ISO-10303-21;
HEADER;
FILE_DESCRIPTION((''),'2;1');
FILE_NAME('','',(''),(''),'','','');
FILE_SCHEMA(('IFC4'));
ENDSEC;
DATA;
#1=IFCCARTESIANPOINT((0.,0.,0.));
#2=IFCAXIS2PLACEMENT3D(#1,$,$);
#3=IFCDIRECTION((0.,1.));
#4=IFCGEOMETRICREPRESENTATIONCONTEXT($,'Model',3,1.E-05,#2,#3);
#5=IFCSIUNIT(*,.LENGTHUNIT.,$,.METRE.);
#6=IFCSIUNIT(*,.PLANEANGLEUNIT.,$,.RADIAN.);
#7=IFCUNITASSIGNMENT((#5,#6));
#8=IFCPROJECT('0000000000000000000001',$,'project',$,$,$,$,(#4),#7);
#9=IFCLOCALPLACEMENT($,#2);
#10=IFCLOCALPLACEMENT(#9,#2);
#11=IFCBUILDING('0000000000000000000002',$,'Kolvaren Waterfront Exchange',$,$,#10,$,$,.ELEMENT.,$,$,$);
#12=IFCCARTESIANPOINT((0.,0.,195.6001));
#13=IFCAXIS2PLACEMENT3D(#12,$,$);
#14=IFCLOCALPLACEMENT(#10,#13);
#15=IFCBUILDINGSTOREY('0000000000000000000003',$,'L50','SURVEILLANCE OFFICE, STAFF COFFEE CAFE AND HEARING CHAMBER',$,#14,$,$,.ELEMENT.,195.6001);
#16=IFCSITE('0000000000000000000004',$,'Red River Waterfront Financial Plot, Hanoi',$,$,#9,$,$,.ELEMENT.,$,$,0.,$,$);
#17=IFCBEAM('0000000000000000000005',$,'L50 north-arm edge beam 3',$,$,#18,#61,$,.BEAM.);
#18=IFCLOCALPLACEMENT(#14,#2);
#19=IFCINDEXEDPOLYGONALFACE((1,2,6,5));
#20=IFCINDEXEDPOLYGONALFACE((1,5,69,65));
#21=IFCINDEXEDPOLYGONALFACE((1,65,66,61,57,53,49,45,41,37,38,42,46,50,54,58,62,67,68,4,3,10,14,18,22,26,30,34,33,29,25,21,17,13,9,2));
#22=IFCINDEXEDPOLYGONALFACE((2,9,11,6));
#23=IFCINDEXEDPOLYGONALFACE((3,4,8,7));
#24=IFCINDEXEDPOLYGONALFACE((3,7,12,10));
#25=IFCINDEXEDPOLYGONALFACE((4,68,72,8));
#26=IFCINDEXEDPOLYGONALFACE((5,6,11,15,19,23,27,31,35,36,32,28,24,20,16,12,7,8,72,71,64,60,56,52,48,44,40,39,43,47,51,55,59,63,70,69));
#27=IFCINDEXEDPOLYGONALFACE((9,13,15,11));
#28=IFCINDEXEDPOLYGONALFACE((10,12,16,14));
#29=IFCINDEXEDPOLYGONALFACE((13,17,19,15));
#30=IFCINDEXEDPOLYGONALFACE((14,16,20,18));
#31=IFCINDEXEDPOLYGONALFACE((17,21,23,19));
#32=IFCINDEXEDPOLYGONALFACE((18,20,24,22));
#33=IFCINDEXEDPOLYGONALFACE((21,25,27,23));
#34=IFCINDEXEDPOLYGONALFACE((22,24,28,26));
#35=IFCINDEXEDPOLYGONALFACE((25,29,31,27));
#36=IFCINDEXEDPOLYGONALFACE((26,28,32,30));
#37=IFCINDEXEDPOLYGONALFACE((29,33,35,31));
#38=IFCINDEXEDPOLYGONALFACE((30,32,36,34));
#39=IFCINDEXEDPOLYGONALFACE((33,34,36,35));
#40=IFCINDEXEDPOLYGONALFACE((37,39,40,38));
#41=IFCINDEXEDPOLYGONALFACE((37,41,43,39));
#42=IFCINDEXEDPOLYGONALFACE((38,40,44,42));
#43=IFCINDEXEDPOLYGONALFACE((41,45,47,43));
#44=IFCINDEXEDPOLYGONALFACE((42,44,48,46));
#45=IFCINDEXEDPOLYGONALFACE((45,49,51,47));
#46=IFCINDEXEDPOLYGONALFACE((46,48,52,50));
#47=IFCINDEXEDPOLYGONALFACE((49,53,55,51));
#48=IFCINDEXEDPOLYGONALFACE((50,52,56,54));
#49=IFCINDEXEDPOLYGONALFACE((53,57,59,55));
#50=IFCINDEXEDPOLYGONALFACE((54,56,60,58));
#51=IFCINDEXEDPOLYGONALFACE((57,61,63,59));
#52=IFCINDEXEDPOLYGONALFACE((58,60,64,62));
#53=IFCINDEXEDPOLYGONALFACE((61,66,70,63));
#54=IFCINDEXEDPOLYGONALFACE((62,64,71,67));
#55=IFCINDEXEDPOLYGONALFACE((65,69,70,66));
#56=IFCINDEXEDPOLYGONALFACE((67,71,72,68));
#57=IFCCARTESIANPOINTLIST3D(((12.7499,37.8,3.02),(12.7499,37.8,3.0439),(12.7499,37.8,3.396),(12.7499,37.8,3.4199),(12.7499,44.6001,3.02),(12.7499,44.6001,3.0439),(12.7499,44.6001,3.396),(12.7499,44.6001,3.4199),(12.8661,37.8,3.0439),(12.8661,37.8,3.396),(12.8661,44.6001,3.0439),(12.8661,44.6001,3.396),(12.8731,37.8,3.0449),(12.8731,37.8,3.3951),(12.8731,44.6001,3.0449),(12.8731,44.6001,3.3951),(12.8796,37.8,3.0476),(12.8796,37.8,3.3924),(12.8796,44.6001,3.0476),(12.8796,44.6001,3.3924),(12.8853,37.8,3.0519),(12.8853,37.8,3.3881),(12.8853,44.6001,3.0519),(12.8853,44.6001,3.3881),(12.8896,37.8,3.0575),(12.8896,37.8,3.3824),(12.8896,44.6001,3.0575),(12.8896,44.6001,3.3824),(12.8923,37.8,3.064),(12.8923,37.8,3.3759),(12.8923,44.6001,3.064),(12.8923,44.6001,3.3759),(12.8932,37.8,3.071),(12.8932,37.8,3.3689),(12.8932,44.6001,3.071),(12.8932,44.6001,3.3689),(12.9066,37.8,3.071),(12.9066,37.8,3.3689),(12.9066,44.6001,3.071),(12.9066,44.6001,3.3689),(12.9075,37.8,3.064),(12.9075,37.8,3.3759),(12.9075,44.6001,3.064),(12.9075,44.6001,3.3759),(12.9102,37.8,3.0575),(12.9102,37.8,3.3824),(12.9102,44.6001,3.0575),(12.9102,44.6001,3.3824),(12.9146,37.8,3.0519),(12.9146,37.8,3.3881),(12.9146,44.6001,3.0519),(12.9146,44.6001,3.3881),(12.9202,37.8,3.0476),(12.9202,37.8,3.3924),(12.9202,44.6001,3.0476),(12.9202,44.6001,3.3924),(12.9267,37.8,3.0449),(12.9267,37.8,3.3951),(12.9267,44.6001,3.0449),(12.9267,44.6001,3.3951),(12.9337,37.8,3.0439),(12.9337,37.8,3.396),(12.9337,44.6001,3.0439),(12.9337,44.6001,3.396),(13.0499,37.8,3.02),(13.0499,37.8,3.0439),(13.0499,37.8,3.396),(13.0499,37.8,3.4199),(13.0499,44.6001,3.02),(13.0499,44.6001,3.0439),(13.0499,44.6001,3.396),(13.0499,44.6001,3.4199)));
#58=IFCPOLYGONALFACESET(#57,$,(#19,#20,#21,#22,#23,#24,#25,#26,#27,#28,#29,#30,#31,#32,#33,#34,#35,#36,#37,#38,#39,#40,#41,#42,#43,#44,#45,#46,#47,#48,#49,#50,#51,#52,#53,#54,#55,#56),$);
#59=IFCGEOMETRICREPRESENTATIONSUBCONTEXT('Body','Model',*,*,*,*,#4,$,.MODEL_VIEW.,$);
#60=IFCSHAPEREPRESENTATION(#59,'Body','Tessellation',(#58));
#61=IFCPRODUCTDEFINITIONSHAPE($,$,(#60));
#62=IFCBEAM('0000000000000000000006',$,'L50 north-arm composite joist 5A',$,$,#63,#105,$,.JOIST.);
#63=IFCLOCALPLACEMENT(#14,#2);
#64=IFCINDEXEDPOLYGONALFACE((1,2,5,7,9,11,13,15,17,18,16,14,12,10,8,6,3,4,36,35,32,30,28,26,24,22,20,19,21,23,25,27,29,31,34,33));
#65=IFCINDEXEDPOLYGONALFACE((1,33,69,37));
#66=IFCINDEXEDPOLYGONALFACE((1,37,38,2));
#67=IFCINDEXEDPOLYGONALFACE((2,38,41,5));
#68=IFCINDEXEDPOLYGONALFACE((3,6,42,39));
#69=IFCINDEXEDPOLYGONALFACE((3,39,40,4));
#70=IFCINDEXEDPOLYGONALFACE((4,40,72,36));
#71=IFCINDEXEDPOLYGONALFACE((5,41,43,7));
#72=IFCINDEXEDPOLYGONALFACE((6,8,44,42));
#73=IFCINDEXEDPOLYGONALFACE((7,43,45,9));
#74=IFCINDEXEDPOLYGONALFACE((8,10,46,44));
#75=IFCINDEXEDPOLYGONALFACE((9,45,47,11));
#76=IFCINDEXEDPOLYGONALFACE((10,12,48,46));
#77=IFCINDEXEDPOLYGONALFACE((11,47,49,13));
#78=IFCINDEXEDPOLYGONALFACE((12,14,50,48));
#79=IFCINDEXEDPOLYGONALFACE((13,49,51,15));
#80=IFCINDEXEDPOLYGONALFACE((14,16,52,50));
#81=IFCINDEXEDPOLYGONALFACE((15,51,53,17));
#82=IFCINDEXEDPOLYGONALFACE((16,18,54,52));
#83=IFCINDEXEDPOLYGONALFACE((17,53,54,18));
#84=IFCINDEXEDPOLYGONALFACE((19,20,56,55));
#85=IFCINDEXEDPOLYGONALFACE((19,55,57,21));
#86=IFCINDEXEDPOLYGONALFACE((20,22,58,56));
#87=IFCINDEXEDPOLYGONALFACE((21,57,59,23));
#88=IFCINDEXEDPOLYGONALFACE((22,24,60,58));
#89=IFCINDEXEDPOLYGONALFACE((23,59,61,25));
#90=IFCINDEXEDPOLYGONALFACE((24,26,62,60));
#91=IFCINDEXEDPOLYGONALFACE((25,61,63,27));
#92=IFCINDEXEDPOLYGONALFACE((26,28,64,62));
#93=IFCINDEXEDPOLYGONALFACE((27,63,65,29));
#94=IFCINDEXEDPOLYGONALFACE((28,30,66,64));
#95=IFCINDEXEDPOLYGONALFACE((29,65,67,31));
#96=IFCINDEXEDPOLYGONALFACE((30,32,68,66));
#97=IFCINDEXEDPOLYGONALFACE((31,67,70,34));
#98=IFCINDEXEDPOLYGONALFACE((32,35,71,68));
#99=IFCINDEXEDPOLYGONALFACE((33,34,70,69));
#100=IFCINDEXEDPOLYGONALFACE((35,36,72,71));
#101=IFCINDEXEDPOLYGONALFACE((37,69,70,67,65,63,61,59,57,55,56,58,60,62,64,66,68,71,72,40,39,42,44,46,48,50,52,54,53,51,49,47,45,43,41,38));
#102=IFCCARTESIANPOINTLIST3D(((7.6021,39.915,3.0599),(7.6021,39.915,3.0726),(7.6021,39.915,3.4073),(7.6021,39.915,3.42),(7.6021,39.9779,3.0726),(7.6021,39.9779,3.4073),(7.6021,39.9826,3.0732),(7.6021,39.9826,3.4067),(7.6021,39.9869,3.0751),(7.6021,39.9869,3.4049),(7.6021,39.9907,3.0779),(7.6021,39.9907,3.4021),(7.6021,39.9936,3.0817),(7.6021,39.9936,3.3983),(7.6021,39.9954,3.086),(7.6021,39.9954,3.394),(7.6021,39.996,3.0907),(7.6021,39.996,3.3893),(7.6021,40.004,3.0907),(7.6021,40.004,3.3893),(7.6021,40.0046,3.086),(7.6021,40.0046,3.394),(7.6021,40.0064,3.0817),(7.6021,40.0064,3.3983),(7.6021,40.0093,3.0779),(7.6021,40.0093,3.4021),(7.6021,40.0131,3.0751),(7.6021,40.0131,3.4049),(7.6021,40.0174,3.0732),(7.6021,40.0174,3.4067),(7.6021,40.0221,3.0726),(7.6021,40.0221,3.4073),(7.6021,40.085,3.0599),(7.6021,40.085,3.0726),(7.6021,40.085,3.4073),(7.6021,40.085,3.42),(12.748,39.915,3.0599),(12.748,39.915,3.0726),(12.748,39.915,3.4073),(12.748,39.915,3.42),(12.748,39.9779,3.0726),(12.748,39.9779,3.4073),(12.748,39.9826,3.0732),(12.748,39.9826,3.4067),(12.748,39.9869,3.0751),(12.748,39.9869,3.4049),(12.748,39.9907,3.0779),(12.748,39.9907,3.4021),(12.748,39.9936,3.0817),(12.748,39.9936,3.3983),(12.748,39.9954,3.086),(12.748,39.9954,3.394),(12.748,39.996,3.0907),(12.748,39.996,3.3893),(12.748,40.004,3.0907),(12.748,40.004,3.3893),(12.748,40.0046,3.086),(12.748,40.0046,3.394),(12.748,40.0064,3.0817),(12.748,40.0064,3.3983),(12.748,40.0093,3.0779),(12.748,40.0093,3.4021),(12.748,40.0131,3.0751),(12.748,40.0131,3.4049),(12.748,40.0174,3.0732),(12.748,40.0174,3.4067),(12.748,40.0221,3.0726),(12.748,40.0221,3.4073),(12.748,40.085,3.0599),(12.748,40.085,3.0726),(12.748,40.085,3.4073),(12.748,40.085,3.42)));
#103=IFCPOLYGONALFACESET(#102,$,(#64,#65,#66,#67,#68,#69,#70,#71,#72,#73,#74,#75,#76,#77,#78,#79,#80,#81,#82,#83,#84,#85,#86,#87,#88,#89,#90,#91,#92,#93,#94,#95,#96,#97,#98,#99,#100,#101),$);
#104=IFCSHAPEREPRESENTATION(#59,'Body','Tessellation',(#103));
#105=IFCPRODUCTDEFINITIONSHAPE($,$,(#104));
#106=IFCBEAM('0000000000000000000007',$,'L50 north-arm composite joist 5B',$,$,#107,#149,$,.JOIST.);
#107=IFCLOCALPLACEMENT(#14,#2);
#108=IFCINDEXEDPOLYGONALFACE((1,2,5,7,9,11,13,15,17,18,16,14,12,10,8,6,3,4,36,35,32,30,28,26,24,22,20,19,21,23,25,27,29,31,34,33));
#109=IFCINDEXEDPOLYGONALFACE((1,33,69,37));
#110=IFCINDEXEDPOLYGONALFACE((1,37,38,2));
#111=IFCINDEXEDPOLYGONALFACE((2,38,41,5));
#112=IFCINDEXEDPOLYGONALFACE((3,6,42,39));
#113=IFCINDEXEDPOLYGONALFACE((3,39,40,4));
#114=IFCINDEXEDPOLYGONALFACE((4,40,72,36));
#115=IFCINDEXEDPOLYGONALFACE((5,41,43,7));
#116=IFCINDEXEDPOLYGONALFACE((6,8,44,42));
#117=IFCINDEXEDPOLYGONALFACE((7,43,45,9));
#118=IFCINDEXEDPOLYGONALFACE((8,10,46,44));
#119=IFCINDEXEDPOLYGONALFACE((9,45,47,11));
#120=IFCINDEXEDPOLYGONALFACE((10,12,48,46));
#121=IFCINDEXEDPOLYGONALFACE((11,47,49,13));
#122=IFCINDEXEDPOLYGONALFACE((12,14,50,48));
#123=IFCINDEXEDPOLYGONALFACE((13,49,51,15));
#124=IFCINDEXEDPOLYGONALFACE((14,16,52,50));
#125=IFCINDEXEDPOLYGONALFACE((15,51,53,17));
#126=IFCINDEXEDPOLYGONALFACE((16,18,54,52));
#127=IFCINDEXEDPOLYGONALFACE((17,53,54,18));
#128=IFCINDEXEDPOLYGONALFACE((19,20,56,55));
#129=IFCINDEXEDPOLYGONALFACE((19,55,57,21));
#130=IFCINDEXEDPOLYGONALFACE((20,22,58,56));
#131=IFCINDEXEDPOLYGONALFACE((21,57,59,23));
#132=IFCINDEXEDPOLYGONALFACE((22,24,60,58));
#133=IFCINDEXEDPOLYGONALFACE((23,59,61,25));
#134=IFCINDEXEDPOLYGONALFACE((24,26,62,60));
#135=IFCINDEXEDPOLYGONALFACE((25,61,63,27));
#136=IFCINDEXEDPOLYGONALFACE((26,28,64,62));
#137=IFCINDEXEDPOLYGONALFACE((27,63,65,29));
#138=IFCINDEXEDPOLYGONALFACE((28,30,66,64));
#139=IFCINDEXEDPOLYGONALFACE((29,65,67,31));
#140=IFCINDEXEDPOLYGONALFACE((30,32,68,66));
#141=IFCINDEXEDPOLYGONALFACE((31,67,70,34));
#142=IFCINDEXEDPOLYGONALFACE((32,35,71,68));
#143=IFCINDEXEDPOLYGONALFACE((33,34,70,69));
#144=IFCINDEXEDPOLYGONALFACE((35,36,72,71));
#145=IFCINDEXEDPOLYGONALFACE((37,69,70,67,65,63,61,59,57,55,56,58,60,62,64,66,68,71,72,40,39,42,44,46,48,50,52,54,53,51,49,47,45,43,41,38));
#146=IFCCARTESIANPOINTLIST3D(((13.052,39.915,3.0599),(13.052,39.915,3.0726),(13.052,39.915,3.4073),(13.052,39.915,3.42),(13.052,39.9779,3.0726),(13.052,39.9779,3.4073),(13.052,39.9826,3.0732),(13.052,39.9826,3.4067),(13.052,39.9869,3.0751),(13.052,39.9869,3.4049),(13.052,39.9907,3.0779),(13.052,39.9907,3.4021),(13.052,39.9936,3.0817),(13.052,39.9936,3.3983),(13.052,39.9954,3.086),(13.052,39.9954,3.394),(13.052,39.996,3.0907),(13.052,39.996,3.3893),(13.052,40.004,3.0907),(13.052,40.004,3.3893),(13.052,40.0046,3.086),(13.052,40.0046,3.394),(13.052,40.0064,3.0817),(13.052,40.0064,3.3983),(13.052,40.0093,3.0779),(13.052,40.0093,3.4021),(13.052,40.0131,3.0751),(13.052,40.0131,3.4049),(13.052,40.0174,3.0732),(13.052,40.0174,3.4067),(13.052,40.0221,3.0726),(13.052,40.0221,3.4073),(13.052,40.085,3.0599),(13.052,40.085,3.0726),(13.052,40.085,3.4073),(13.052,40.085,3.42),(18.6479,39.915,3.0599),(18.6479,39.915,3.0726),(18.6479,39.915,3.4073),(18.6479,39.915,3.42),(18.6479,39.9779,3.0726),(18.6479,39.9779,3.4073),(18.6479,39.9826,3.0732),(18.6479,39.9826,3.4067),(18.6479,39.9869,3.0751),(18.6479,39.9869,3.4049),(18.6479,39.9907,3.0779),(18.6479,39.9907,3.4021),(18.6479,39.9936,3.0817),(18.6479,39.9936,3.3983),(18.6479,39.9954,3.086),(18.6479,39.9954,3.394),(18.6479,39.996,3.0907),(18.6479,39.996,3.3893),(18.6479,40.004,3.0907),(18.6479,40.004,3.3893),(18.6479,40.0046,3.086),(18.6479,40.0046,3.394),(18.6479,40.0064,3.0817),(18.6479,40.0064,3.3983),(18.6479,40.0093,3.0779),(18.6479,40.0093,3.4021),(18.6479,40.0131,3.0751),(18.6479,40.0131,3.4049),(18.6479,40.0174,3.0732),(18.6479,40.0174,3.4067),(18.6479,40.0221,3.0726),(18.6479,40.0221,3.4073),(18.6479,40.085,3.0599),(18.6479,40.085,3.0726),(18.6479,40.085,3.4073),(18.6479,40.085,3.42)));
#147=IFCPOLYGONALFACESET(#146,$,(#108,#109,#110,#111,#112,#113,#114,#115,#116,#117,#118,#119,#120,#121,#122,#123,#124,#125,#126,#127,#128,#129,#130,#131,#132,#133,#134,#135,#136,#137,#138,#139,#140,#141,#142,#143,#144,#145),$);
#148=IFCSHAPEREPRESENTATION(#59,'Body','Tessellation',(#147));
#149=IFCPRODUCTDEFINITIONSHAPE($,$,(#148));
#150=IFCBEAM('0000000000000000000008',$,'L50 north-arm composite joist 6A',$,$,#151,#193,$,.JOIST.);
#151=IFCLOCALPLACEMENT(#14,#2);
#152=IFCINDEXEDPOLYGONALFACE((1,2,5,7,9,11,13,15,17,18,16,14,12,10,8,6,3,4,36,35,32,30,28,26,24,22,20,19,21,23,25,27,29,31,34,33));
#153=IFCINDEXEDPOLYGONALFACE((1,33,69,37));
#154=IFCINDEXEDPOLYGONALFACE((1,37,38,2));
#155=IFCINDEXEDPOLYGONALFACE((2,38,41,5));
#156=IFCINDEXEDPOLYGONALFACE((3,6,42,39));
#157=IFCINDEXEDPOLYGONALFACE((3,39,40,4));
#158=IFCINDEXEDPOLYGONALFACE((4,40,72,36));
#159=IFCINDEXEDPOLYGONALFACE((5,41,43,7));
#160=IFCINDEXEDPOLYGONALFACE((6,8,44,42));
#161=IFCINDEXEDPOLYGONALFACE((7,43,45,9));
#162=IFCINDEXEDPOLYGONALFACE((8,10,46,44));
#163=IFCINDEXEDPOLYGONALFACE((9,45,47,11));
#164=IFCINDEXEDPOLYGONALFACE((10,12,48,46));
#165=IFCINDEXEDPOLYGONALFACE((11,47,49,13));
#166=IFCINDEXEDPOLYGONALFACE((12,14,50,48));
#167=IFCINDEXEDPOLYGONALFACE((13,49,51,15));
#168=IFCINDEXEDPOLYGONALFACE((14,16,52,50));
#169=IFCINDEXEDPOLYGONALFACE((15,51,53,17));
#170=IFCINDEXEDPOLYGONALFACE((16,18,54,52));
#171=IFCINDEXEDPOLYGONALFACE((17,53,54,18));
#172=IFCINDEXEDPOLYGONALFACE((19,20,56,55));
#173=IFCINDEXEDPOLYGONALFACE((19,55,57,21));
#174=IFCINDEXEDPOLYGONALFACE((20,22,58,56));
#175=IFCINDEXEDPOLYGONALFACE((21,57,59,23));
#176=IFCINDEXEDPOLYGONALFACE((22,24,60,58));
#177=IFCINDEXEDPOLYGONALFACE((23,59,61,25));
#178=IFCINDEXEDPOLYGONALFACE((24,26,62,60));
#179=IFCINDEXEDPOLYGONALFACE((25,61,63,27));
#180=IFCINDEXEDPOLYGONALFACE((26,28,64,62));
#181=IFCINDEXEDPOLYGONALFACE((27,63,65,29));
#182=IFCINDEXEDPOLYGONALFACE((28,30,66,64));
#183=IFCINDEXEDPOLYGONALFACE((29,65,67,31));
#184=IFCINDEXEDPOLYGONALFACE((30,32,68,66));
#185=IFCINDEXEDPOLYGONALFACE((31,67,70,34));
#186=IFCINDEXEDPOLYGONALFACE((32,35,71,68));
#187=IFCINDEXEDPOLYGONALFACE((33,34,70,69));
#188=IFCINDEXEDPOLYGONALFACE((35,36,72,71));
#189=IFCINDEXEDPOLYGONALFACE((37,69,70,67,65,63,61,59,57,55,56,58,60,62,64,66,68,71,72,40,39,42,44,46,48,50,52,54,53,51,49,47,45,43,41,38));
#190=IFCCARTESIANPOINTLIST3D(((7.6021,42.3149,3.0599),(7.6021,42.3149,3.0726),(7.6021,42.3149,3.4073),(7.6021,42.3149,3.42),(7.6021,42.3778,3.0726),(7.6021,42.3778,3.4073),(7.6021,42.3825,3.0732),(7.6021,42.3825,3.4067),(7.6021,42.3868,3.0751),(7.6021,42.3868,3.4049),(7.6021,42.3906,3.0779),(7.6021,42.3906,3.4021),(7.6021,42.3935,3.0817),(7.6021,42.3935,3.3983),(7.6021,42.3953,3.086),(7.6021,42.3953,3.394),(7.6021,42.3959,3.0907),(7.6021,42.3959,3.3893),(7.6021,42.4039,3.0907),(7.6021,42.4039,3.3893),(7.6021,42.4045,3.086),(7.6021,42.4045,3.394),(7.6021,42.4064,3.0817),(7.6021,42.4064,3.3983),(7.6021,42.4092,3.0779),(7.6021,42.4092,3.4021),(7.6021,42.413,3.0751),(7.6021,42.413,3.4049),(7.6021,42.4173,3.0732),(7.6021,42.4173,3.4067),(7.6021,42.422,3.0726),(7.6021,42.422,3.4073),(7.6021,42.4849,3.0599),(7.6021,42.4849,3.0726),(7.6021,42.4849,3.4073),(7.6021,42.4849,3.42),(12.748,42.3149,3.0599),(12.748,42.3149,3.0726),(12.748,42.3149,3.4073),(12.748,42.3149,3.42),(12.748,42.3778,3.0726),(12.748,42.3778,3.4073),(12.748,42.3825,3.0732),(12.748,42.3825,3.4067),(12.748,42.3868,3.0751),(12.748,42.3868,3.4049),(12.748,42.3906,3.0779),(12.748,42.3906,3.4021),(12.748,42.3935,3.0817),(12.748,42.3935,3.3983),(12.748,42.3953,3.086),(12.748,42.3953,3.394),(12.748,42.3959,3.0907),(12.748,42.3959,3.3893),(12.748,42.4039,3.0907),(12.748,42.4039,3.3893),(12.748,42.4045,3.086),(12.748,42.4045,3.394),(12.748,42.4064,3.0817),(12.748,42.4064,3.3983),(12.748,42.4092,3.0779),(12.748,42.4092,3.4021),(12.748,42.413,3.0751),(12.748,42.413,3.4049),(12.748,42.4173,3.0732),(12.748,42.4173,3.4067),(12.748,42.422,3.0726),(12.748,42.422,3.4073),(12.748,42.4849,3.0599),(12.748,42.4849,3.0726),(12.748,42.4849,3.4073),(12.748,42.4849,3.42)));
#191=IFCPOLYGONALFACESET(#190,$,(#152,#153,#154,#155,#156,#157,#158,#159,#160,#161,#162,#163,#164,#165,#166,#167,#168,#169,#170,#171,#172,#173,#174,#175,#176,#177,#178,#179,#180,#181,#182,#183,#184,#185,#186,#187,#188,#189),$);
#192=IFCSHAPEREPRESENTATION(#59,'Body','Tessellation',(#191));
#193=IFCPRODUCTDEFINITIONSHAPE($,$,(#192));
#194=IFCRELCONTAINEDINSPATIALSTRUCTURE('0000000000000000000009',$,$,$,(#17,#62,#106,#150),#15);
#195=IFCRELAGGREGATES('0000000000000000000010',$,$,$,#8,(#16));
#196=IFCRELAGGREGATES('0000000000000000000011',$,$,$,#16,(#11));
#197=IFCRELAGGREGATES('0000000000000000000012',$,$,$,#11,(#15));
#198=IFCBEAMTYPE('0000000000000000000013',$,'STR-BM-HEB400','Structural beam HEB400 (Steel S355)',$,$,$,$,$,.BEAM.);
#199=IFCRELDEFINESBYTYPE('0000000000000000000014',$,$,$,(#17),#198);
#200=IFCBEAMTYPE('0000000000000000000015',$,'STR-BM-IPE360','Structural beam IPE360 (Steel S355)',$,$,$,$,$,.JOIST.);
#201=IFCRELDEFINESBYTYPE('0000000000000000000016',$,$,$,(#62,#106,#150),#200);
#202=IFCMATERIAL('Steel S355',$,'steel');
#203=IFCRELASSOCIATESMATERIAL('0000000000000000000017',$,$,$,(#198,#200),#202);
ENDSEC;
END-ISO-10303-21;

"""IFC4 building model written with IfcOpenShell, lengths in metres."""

from ifc_helpers import new_model, si_unit, direction, frame, origin, origin_2d, place, context, subcontext, project, spatial, i_section, extrude, material, material_profile, profile_set, type_object, element, save


model = new_model("IFC4")

# Units and contexts
model_context = context("Model", 3, precision=1e-05, world=origin(), true_north=direction((0.0, 1.0)))
body_context = subcontext(model_context, "Body", "Model", "MODEL_VIEW")
ifc_project = project(units=[si_unit("LENGTHUNIT", "METRE"), si_unit("PLANEANGLEUNIT", "RADIAN")], contexts=[model_context])

# Site, building, storey
site_placement = place(None, origin())
site = spatial("IfcSite", under=ifc_project, at=site_placement, Name="Red River Waterfront Financial Plot, Hanoi", CompositionType="ELEMENT", RefElevation=0.0)
building_placement = place(site_placement, origin())
building = spatial("IfcBuilding", under=site, at=building_placement, Name="Kolvaren Waterfront Exchange", CompositionType="ELEMENT")
storey_placement = place(building_placement, frame((0.0, 0.0, 195.6001)))
storey = spatial("IfcBuildingStorey", under=building, at=storey_placement, Name="L50", Description="SURVEILLANCE OFFICE, STAFF COFFEE CAFE AND HEARING CHAMBER", CompositionType="ELEMENT", Elevation=195.6001)

# Beams
ifc_material_1 = material(Name="Steel S355", Category="steel")
ifc_material_profile_1 = material_profile(ifc_material_1, i_section(OverallWidth=0.3, OverallDepth=0.3999, WebThickness=0.0134, FlangeThickness=0.0239, FilletRadius=0.0271, at=origin_2d()), Name="HEB400")
ifc_profile_set_1 = profile_set([ifc_material_profile_1], Name="Steel S355")
beam_type_1 = type_object("IfcBeamType", Name="STR-BM-HEB400", Description="Structural beam HEB400 (Steel S355)", PredefinedType="BEAM", material=ifc_profile_set_1)
beam_1_placement = place(storey_placement, frame((12.8999, 37.8, 3.22), z_axis=(0.0, 1.0, 0.0), x_axis=(-1.0, 0.0, 0.0)))
element("IfcBeam", 1, at=beam_1_placement, inside=storey, type_object=beam_type_1, Name="L50 north-arm edge beam 3", PredefinedType="BEAM", context=body_context, shape_type="SweptSolid", body=[
    extrude(i_section(OverallWidth=0.3, OverallDepth=0.3999, WebThickness=0.0134, FlangeThickness=0.0239, FilletRadius=0.0271, at=origin_2d()), origin(), (0.0, 0.0, 1.0), 6.8),
])
ifc_material_profile_2 = material_profile(ifc_material_1, i_section(OverallWidth=0.1699, OverallDepth=0.3601, WebThickness=0.0081, FlangeThickness=0.0127, FilletRadius=0.0181, at=origin_2d()), Name="IPE360")
ifc_profile_set_2 = profile_set([ifc_material_profile_2], Name="Steel S355")
beam_type_2 = type_object("IfcBeamType", Name="STR-BM-IPE360", Description="Structural beam IPE360 (Steel S355)", PredefinedType="JOIST", material=ifc_profile_set_2)
beam_2_placement = place(storey_placement, frame((7.6021, 40.0, 3.24), z_axis=(1.0, 0.0, 0.0), x_axis=(0.0, 1.0, 0.0)))
element("IfcBeam", 2, at=beam_2_placement, inside=storey, type_object=beam_type_2, Name="L50 north-arm composite joist 5A", PredefinedType="JOIST", context=body_context, shape_type="SweptSolid", body=[
    extrude(i_section(OverallWidth=0.1699, OverallDepth=0.3601, WebThickness=0.0081, FlangeThickness=0.0127, FilletRadius=0.0181, at=origin_2d()), origin(), (0.0, 0.0, 1.0), 5.146),
])
beam_3_placement = place(storey_placement, frame((13.052, 40.0, 3.24), z_axis=(1.0, 0.0, 0.0), x_axis=(0.0, 1.0, 0.0)))
element("IfcBeam", 3, at=beam_3_placement, inside=storey, type_object=beam_type_2, Name="L50 north-arm composite joist 5B", PredefinedType="JOIST", context=body_context, shape_type="SweptSolid", body=[
    extrude(i_section(OverallWidth=0.1699, OverallDepth=0.3601, WebThickness=0.0081, FlangeThickness=0.0127, FilletRadius=0.0181, at=origin_2d()), origin(), (0.0, 0.0, 1.0), 5.5959),
])
beam_4_placement = place(storey_placement, frame((7.6021, 42.3999, 3.24), z_axis=(1.0, 0.0, 0.0), x_axis=(0.0, 1.0, 0.0)))
element("IfcBeam", 4, at=beam_4_placement, inside=storey, type_object=beam_type_2, Name="L50 north-arm composite joist 6A", PredefinedType="JOIST", context=body_context, shape_type="SweptSolid", body=[
    extrude(i_section(OverallWidth=0.1699, OverallDepth=0.3601, WebThickness=0.0081, FlangeThickness=0.0127, FilletRadius=0.0181, at=origin_2d()), origin(), (0.0, 0.0, 1.0), 5.146),
])

save(model, "model.ifc")
